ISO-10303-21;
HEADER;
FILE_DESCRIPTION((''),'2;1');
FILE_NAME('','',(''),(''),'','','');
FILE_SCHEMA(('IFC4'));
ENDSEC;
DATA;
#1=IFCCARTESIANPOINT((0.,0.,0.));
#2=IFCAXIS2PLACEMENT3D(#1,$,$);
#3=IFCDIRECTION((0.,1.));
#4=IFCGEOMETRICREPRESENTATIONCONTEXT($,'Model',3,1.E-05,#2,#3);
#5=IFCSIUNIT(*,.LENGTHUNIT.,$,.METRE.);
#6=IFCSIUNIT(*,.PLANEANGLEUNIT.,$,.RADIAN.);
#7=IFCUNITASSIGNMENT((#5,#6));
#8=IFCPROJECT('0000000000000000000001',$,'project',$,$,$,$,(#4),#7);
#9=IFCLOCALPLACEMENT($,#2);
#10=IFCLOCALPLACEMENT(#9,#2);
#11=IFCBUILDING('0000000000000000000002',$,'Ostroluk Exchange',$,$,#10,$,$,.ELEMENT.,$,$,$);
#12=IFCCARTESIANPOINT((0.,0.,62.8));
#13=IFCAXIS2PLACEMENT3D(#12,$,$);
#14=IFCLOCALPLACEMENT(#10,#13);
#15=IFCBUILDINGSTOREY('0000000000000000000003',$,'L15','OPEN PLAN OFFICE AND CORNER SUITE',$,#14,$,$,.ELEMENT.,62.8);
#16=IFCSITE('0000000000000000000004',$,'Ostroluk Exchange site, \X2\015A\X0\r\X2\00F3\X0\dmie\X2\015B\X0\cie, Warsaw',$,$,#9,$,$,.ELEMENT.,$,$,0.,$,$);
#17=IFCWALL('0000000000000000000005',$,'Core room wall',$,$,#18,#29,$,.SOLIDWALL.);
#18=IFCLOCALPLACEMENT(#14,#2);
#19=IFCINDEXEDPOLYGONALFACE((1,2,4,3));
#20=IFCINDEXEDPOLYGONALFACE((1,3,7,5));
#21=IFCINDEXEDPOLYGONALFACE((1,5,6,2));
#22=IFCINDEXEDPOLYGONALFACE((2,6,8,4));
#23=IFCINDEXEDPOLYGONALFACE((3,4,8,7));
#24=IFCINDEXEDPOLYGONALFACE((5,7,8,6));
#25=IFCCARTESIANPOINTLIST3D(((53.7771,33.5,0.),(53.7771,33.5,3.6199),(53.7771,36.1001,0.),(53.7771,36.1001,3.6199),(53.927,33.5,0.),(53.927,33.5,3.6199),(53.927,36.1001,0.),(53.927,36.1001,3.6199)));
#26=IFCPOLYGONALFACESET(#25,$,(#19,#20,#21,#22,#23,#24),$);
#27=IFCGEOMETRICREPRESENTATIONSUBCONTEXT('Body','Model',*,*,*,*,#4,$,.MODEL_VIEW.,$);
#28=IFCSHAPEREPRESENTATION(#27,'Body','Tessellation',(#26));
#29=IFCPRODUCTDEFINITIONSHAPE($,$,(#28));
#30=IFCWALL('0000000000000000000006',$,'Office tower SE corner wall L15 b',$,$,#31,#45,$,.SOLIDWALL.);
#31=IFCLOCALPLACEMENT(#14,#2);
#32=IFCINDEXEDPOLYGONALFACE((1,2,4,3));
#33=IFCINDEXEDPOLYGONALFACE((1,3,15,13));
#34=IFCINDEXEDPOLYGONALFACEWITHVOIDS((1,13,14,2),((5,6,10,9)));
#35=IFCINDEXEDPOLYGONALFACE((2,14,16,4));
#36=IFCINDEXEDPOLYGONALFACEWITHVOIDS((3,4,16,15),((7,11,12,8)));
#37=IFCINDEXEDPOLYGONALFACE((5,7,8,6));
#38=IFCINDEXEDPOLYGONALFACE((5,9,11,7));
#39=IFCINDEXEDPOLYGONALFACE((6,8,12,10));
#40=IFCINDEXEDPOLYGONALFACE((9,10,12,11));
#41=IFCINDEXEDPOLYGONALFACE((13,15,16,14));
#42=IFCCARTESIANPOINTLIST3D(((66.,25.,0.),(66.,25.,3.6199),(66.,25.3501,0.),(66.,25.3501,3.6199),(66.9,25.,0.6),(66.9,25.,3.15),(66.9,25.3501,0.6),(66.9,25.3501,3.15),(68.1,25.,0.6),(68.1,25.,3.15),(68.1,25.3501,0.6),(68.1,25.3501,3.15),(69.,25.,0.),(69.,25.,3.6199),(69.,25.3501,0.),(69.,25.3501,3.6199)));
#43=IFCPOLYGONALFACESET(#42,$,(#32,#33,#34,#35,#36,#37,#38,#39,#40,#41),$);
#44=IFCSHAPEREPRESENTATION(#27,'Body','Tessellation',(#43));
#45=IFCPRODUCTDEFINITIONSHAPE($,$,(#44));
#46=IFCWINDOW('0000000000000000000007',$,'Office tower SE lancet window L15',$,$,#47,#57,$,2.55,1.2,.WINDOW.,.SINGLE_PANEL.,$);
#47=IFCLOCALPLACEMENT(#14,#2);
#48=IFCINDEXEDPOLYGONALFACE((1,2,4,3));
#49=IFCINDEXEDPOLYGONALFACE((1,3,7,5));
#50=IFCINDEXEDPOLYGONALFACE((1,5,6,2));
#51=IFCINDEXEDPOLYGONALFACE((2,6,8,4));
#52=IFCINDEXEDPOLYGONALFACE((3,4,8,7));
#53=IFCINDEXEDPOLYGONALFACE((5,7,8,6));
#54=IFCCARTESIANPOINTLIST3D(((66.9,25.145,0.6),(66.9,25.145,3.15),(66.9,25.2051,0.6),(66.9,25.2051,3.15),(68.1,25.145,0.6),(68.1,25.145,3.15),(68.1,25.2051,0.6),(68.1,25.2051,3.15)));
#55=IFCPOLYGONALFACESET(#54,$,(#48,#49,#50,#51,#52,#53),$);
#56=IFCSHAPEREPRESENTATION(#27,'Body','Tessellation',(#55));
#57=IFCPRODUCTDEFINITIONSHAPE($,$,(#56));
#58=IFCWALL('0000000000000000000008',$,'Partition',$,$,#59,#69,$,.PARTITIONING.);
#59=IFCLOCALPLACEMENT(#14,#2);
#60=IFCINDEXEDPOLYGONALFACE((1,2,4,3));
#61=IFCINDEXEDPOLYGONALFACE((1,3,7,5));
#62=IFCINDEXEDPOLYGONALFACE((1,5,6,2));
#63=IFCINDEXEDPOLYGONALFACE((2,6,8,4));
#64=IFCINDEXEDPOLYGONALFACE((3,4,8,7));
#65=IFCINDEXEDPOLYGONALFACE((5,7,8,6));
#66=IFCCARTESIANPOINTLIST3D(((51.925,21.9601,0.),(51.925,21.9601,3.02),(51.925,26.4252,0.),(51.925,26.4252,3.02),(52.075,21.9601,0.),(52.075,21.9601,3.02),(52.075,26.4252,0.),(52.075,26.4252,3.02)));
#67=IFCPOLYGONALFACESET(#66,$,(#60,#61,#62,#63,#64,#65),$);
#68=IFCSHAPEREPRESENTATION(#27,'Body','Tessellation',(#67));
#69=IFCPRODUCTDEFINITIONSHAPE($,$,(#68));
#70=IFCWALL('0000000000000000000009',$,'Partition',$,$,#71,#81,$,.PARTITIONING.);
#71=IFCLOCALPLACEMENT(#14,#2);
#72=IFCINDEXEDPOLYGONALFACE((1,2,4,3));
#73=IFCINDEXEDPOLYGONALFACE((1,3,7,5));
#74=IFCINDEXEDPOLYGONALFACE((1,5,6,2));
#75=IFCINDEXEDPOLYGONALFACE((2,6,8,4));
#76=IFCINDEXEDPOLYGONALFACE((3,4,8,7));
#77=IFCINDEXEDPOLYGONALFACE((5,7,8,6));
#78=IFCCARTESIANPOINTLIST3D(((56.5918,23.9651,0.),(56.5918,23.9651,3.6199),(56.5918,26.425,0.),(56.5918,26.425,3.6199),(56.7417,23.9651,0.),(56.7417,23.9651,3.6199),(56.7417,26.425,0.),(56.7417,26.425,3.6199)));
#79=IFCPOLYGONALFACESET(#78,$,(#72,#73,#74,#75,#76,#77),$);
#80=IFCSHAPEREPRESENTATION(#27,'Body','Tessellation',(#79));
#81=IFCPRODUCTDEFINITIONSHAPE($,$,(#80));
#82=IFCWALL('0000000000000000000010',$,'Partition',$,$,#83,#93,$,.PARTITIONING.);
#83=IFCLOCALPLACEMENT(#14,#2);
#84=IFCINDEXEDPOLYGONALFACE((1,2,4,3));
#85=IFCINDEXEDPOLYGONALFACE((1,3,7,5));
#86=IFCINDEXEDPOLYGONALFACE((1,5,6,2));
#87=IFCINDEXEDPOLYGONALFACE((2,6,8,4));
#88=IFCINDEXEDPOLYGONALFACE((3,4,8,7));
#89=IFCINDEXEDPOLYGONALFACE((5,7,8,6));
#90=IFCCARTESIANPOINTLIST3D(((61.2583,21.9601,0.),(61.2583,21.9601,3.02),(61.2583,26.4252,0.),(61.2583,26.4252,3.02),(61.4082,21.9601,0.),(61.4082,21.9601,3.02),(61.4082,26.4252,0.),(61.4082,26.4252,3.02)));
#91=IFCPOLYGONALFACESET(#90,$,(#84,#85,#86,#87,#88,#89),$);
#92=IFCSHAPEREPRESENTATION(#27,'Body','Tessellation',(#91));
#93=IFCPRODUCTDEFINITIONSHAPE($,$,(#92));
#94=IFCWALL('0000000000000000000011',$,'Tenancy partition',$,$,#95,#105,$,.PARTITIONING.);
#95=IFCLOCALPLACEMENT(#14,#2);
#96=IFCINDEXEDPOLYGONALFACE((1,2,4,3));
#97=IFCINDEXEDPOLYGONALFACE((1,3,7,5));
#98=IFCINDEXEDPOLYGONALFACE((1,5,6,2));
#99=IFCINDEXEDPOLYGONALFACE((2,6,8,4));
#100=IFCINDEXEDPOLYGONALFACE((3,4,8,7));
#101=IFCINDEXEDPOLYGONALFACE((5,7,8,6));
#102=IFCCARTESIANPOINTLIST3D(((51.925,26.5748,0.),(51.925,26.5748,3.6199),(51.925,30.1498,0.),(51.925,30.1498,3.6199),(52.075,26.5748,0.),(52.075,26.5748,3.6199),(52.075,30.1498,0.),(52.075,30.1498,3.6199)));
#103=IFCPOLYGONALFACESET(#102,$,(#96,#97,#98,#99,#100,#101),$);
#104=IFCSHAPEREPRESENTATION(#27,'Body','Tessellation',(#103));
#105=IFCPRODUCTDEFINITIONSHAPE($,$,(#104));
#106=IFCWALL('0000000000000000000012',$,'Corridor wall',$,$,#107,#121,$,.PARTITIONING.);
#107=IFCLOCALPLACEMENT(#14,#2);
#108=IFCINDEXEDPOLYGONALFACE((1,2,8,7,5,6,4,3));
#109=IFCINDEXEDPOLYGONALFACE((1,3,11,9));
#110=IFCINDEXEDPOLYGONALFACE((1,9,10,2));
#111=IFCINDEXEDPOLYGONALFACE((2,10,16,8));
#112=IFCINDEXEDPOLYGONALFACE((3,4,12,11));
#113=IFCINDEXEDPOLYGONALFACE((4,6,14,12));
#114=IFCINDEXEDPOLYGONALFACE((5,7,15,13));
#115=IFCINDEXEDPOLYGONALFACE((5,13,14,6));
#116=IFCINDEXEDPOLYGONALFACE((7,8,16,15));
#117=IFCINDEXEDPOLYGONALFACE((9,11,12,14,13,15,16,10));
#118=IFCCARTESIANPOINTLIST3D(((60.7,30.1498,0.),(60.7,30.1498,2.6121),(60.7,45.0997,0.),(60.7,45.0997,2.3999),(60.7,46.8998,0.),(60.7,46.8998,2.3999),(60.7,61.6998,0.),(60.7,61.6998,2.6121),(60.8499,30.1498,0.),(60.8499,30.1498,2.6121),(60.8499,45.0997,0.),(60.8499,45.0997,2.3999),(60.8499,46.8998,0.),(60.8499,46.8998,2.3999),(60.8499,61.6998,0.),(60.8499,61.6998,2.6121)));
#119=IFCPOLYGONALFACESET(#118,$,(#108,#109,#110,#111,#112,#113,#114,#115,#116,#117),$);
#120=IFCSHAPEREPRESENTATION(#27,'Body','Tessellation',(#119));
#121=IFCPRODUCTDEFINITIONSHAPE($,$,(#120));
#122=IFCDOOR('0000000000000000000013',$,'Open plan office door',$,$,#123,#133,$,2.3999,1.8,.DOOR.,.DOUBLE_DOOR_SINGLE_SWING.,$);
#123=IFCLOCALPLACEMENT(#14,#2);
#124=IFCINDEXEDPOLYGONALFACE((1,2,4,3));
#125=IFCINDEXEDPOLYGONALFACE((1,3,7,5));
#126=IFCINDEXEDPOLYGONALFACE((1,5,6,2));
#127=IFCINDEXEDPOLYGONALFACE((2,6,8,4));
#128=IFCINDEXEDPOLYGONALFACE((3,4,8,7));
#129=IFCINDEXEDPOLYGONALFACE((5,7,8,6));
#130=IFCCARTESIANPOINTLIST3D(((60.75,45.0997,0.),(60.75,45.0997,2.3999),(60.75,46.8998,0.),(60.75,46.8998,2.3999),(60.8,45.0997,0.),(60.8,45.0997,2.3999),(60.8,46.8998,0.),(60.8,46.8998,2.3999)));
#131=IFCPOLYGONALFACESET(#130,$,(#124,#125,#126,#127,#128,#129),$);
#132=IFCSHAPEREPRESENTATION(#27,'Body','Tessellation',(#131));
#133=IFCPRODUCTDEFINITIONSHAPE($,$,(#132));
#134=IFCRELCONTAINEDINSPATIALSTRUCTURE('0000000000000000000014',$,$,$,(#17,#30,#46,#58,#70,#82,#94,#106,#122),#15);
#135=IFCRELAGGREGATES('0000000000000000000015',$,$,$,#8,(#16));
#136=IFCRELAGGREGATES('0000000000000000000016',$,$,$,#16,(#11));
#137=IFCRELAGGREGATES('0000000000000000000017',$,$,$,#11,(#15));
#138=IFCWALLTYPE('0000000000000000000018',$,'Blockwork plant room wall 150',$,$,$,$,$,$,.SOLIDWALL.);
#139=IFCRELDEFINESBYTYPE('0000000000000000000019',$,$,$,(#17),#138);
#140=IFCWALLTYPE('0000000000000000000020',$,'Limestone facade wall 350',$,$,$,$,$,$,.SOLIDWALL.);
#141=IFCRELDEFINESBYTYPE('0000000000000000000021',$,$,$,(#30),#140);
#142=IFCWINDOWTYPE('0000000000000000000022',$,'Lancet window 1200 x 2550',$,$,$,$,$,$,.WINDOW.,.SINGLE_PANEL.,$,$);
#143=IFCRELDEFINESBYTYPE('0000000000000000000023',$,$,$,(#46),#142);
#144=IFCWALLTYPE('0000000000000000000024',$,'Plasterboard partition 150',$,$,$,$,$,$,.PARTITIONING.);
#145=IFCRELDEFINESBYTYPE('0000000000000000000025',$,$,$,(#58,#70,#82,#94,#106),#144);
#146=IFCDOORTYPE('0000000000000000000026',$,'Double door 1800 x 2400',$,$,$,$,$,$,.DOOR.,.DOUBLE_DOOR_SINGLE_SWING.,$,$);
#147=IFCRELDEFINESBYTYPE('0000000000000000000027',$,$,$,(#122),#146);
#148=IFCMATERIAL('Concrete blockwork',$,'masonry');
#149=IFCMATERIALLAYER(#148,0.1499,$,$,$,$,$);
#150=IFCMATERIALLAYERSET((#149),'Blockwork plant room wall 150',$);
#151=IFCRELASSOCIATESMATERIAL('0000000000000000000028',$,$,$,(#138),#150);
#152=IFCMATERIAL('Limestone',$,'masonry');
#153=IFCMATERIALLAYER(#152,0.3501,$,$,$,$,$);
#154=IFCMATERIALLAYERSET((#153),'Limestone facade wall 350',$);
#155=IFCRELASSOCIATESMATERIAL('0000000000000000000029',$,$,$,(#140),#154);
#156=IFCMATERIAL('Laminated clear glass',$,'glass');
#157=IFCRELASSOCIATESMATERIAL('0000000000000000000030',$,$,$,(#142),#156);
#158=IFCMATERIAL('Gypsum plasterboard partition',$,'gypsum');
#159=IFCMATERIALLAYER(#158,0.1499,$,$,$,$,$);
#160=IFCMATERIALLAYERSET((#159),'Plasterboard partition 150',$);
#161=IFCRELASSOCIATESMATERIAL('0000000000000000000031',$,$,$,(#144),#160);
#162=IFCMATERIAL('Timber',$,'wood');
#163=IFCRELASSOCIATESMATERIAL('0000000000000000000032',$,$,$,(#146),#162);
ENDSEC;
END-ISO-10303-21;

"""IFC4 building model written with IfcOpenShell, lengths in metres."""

from ifc_helpers import new_model, si_unit, direction, frame, frame_2d, origin, place, context, subcontext, project, spatial, rectangle, extrude, material, layer, layer_set, type_object, element, fill, save


model = new_model("IFC4")

# Units and contexts
model_context = context("Model", 3, precision=1e-05, world=origin(), true_north=direction((0.0, 1.0)))
body_context = subcontext(model_context, "Body", "Model", "MODEL_VIEW")
ifc_project = project(units=[si_unit("LENGTHUNIT", "METRE"), si_unit("PLANEANGLEUNIT", "RADIAN")], contexts=[model_context])

# Site, building, storey
site_placement = place(None, origin())
site = spatial("IfcSite", under=ifc_project, at=site_placement, Name="Ostroluk Exchange site, Śródmieście, Warsaw", CompositionType="ELEMENT", RefElevation=0.0)
building_placement = place(site_placement, origin())
building = spatial("IfcBuilding", under=site, at=building_placement, Name="Ostroluk Exchange", CompositionType="ELEMENT")
storey_placement = place(building_placement, frame((0.0, 0.0, 62.8)))
storey = spatial("IfcBuildingStorey", under=building, at=storey_placement, Name="L15", Description="OPEN PLAN OFFICE AND CORNER SUITE", CompositionType="ELEMENT", Elevation=62.8)

# Wall
ifc_material_1 = material(Name="Concrete blockwork", Category="masonry")
ifc_layer_1 = layer(ifc_material_1, 0.1499)
ifc_layer_set_1 = layer_set([ifc_layer_1], Name="Blockwork plant room wall 150")
wall_type_1 = type_object("IfcWallType", Name="Blockwork plant room wall 150", PredefinedType="SOLIDWALL", material=ifc_layer_set_1)
wall_1_placement = place(storey_placement, frame((53.8521, 33.5, 0.0), z_axis=(0.0, 0.0, 1.0), x_axis=(0.0, 1.0, 0.0)))
element("IfcWall", 1, at=wall_1_placement, inside=storey, type_object=wall_type_1, Name="Core room wall", PredefinedType="SOLIDWALL", context=body_context, shape_type="SweptSolid", body=[
    extrude(rectangle(XDim=2.6001, YDim=0.1499, at=frame_2d((1.3, 0.0))), origin(), (0.0, 0.0, 1.0), 3.6199),
])

# Wall, opening, window
ifc_material_2 = material(Name="Limestone", Category="masonry")
ifc_layer_2 = layer(ifc_material_2, 0.3501)
ifc_layer_set_2 = layer_set([ifc_layer_2], Name="Limestone facade wall 350")
wall_type_2 = type_object("IfcWallType", Name="Limestone facade wall 350", PredefinedType="SOLIDWALL", material=ifc_layer_set_2)
wall_2_placement = place(storey_placement, frame((66.0, 25.175, 0.0), z_axis=(0.0, 0.0, 1.0), x_axis=(1.0, 0.0, 0.0)))
wall_2 = element("IfcWall", 2, at=wall_2_placement, inside=storey, type_object=wall_type_2, Name="Office tower SE corner wall L15 b", PredefinedType="SOLIDWALL", context=body_context, shape_type="SweptSolid", body=[
    extrude(rectangle(XDim=3.0, YDim=0.3501, at=frame_2d((1.5, 0.0))), origin(), (0.0, 0.0, 1.0), 3.6199),
])
opening_1_placement = place(wall_2_placement, frame((0.8999, 0.0, 0.6001)))
opening_1 = element("IfcOpeningElement", 3, at=opening_1_placement, cuts=wall_2, PredefinedType="OPENING", context=body_context, shape_type="SweptSolid", body=[
    extrude(rectangle(XDim=1.2, YDim=2.55, at=frame_2d((0.6001, 1.2749))), frame((0.0, 0.1851, 0.0), z_axis=(0.0, -1.0, 0.0), x_axis=(1.0, 0.0, 0.0)), (0.0, 0.0, 1.0), 0.3701),
])
ifc_material_3 = material(Name="Laminated clear glass", Category="glass")
window_type = type_object("IfcWindowType", Name="Lancet window 1200 x 2550", PartitioningType="SINGLE_PANEL", PredefinedType="WINDOW", material=ifc_material_3)
window_placement = place(opening_1_placement, origin())
window = element("IfcWindow", 4, at=window_placement, inside=storey, type_object=window_type, Name="Office tower SE lancet window L15", OverallHeight=2.55, OverallWidth=1.2, PartitioningType="SINGLE_PANEL", PredefinedType="WINDOW", context=body_context, shape_type="SweptSolid", body=[
    extrude(rectangle(XDim=1.2, YDim=2.55, at=frame_2d((0.6001, 1.2749))), frame((0.0, 0.03, 0.0), z_axis=(0.0, -1.0, 0.0), x_axis=(1.0, 0.0, 0.0)), (0.0, 0.0, 1.0), 0.0601),
])
fill(opening_1, window)

# Walls
ifc_material_4 = material(Name="Gypsum plasterboard partition", Category="gypsum")
ifc_layer_3 = layer(ifc_material_4, 0.1499)
ifc_layer_set_3 = layer_set([ifc_layer_3], Name="Plasterboard partition 150")
wall_type_3 = type_object("IfcWallType", Name="Plasterboard partition 150", PredefinedType="PARTITIONING", material=ifc_layer_set_3)
wall_3_placement = place(storey_placement, frame((52.0, 26.425, 0.0), z_axis=(0.0, 0.0, 1.0), x_axis=(0.0, -1.0, 0.0)))
element("IfcWall", 5, at=wall_3_placement, inside=storey, type_object=wall_type_3, Name="Partition", PredefinedType="PARTITIONING", context=body_context, shape_type="SweptSolid", body=[
    extrude(rectangle(XDim=4.4651, YDim=0.1499, at=frame_2d((2.2324, 0.0))), origin(), (0.0, 0.0, 1.0), 3.02),
])
wall_4_placement = place(storey_placement, frame((56.6667, 26.425, 0.0), z_axis=(0.0, 0.0, 1.0), x_axis=(0.0, -1.0, 0.0)))
element("IfcWall", 6, at=wall_4_placement, inside=storey, type_object=wall_type_3, Name="Partition", PredefinedType="PARTITIONING", context=body_context, shape_type="SweptSolid", body=[
    extrude(rectangle(XDim=2.46, YDim=0.1499, at=frame_2d((1.23, 0.0))), origin(), (0.0, 0.0, 1.0), 3.6199),
])
wall_5_placement = place(storey_placement, frame((61.3333, 26.425, 0.0), z_axis=(0.0, 0.0, 1.0), x_axis=(0.0, -1.0, 0.0)))
element("IfcWall", 7, at=wall_5_placement, inside=storey, type_object=wall_type_3, Name="Partition", PredefinedType="PARTITIONING", context=body_context, shape_type="SweptSolid", body=[
    extrude(rectangle(XDim=4.4651, YDim=0.1499, at=frame_2d((2.2324, 0.0))), origin(), (0.0, 0.0, 1.0), 3.02),
])
wall_6_placement = place(storey_placement, frame((52.0, 30.1499, 0.0), z_axis=(0.0, 0.0, 1.0), x_axis=(0.0, -1.0, 0.0)))
element("IfcWall", 8, at=wall_6_placement, inside=storey, type_object=wall_type_3, Name="Tenancy partition", PredefinedType="PARTITIONING", context=body_context, shape_type="SweptSolid", body=[
    extrude(rectangle(XDim=3.575, YDim=0.1499, at=frame_2d((1.7876, 0.0))), origin(), (0.0, 0.0, 1.0), 3.6199),
])

# Wall, opening, door
wall_7_placement = place(storey_placement, frame((60.7749, 30.1499, 0.0), z_axis=(0.0, 0.0, 1.0), x_axis=(0.0, 1.0, 0.0)))
wall_7 = element("IfcWall", 9, at=wall_7_placement, inside=storey, type_object=wall_type_3, Name="Corridor wall", PredefinedType="PARTITIONING", context=body_context, shape_type="SweptSolid", body=[
    extrude(rectangle(XDim=31.55, YDim=0.1499, at=frame_2d((15.7749, 0.0))), origin(), (0.0, 0.0, 1.0), 2.6121),
])
opening_2_placement = place(wall_7_placement, frame((14.95, 0.0, 0.0)))
opening_2 = element("IfcOpeningElement", 10, at=opening_2_placement, cuts=wall_7, PredefinedType="OPENING", context=body_context, shape_type="SweptSolid", body=[
    extrude(rectangle(XDim=1.8, YDim=2.3999, at=frame_2d((0.8999, 1.2))), frame((0.0, 0.085, 0.0), z_axis=(0.0, -1.0, 0.0), x_axis=(1.0, 0.0, 0.0)), (0.0, 0.0, 1.0), 0.1699),
])
ifc_material_5 = material(Name="Timber", Category="wood")
door_type_1 = type_object("IfcDoorType", Name="Double door 1800 x 2400", OperationType="DOUBLE_DOOR_SINGLE_SWING", PredefinedType="DOOR", material=ifc_material_5)
door_1_placement = place(opening_2_placement, origin())
door_1 = element("IfcDoor", 11, at=door_1_placement, inside=storey, type_object=door_type_1, Name="Open plan office door", OperationType="DOUBLE_DOOR_SINGLE_SWING", OverallHeight=2.3999, OverallWidth=1.8, PredefinedType="DOOR", context=body_context, shape_type="SweptSolid", body=[
    extrude(rectangle(XDim=1.8, YDim=2.3999, at=frame_2d((0.8999, 1.2))), frame((0.0, 0.0249, 0.0), z_axis=(0.0, -1.0, 0.0), x_axis=(1.0, 0.0, 0.0)), (0.0, 0.0, 1.0), 0.05),
])
fill(opening_2, door_1)

save(model, "model.ifc")
